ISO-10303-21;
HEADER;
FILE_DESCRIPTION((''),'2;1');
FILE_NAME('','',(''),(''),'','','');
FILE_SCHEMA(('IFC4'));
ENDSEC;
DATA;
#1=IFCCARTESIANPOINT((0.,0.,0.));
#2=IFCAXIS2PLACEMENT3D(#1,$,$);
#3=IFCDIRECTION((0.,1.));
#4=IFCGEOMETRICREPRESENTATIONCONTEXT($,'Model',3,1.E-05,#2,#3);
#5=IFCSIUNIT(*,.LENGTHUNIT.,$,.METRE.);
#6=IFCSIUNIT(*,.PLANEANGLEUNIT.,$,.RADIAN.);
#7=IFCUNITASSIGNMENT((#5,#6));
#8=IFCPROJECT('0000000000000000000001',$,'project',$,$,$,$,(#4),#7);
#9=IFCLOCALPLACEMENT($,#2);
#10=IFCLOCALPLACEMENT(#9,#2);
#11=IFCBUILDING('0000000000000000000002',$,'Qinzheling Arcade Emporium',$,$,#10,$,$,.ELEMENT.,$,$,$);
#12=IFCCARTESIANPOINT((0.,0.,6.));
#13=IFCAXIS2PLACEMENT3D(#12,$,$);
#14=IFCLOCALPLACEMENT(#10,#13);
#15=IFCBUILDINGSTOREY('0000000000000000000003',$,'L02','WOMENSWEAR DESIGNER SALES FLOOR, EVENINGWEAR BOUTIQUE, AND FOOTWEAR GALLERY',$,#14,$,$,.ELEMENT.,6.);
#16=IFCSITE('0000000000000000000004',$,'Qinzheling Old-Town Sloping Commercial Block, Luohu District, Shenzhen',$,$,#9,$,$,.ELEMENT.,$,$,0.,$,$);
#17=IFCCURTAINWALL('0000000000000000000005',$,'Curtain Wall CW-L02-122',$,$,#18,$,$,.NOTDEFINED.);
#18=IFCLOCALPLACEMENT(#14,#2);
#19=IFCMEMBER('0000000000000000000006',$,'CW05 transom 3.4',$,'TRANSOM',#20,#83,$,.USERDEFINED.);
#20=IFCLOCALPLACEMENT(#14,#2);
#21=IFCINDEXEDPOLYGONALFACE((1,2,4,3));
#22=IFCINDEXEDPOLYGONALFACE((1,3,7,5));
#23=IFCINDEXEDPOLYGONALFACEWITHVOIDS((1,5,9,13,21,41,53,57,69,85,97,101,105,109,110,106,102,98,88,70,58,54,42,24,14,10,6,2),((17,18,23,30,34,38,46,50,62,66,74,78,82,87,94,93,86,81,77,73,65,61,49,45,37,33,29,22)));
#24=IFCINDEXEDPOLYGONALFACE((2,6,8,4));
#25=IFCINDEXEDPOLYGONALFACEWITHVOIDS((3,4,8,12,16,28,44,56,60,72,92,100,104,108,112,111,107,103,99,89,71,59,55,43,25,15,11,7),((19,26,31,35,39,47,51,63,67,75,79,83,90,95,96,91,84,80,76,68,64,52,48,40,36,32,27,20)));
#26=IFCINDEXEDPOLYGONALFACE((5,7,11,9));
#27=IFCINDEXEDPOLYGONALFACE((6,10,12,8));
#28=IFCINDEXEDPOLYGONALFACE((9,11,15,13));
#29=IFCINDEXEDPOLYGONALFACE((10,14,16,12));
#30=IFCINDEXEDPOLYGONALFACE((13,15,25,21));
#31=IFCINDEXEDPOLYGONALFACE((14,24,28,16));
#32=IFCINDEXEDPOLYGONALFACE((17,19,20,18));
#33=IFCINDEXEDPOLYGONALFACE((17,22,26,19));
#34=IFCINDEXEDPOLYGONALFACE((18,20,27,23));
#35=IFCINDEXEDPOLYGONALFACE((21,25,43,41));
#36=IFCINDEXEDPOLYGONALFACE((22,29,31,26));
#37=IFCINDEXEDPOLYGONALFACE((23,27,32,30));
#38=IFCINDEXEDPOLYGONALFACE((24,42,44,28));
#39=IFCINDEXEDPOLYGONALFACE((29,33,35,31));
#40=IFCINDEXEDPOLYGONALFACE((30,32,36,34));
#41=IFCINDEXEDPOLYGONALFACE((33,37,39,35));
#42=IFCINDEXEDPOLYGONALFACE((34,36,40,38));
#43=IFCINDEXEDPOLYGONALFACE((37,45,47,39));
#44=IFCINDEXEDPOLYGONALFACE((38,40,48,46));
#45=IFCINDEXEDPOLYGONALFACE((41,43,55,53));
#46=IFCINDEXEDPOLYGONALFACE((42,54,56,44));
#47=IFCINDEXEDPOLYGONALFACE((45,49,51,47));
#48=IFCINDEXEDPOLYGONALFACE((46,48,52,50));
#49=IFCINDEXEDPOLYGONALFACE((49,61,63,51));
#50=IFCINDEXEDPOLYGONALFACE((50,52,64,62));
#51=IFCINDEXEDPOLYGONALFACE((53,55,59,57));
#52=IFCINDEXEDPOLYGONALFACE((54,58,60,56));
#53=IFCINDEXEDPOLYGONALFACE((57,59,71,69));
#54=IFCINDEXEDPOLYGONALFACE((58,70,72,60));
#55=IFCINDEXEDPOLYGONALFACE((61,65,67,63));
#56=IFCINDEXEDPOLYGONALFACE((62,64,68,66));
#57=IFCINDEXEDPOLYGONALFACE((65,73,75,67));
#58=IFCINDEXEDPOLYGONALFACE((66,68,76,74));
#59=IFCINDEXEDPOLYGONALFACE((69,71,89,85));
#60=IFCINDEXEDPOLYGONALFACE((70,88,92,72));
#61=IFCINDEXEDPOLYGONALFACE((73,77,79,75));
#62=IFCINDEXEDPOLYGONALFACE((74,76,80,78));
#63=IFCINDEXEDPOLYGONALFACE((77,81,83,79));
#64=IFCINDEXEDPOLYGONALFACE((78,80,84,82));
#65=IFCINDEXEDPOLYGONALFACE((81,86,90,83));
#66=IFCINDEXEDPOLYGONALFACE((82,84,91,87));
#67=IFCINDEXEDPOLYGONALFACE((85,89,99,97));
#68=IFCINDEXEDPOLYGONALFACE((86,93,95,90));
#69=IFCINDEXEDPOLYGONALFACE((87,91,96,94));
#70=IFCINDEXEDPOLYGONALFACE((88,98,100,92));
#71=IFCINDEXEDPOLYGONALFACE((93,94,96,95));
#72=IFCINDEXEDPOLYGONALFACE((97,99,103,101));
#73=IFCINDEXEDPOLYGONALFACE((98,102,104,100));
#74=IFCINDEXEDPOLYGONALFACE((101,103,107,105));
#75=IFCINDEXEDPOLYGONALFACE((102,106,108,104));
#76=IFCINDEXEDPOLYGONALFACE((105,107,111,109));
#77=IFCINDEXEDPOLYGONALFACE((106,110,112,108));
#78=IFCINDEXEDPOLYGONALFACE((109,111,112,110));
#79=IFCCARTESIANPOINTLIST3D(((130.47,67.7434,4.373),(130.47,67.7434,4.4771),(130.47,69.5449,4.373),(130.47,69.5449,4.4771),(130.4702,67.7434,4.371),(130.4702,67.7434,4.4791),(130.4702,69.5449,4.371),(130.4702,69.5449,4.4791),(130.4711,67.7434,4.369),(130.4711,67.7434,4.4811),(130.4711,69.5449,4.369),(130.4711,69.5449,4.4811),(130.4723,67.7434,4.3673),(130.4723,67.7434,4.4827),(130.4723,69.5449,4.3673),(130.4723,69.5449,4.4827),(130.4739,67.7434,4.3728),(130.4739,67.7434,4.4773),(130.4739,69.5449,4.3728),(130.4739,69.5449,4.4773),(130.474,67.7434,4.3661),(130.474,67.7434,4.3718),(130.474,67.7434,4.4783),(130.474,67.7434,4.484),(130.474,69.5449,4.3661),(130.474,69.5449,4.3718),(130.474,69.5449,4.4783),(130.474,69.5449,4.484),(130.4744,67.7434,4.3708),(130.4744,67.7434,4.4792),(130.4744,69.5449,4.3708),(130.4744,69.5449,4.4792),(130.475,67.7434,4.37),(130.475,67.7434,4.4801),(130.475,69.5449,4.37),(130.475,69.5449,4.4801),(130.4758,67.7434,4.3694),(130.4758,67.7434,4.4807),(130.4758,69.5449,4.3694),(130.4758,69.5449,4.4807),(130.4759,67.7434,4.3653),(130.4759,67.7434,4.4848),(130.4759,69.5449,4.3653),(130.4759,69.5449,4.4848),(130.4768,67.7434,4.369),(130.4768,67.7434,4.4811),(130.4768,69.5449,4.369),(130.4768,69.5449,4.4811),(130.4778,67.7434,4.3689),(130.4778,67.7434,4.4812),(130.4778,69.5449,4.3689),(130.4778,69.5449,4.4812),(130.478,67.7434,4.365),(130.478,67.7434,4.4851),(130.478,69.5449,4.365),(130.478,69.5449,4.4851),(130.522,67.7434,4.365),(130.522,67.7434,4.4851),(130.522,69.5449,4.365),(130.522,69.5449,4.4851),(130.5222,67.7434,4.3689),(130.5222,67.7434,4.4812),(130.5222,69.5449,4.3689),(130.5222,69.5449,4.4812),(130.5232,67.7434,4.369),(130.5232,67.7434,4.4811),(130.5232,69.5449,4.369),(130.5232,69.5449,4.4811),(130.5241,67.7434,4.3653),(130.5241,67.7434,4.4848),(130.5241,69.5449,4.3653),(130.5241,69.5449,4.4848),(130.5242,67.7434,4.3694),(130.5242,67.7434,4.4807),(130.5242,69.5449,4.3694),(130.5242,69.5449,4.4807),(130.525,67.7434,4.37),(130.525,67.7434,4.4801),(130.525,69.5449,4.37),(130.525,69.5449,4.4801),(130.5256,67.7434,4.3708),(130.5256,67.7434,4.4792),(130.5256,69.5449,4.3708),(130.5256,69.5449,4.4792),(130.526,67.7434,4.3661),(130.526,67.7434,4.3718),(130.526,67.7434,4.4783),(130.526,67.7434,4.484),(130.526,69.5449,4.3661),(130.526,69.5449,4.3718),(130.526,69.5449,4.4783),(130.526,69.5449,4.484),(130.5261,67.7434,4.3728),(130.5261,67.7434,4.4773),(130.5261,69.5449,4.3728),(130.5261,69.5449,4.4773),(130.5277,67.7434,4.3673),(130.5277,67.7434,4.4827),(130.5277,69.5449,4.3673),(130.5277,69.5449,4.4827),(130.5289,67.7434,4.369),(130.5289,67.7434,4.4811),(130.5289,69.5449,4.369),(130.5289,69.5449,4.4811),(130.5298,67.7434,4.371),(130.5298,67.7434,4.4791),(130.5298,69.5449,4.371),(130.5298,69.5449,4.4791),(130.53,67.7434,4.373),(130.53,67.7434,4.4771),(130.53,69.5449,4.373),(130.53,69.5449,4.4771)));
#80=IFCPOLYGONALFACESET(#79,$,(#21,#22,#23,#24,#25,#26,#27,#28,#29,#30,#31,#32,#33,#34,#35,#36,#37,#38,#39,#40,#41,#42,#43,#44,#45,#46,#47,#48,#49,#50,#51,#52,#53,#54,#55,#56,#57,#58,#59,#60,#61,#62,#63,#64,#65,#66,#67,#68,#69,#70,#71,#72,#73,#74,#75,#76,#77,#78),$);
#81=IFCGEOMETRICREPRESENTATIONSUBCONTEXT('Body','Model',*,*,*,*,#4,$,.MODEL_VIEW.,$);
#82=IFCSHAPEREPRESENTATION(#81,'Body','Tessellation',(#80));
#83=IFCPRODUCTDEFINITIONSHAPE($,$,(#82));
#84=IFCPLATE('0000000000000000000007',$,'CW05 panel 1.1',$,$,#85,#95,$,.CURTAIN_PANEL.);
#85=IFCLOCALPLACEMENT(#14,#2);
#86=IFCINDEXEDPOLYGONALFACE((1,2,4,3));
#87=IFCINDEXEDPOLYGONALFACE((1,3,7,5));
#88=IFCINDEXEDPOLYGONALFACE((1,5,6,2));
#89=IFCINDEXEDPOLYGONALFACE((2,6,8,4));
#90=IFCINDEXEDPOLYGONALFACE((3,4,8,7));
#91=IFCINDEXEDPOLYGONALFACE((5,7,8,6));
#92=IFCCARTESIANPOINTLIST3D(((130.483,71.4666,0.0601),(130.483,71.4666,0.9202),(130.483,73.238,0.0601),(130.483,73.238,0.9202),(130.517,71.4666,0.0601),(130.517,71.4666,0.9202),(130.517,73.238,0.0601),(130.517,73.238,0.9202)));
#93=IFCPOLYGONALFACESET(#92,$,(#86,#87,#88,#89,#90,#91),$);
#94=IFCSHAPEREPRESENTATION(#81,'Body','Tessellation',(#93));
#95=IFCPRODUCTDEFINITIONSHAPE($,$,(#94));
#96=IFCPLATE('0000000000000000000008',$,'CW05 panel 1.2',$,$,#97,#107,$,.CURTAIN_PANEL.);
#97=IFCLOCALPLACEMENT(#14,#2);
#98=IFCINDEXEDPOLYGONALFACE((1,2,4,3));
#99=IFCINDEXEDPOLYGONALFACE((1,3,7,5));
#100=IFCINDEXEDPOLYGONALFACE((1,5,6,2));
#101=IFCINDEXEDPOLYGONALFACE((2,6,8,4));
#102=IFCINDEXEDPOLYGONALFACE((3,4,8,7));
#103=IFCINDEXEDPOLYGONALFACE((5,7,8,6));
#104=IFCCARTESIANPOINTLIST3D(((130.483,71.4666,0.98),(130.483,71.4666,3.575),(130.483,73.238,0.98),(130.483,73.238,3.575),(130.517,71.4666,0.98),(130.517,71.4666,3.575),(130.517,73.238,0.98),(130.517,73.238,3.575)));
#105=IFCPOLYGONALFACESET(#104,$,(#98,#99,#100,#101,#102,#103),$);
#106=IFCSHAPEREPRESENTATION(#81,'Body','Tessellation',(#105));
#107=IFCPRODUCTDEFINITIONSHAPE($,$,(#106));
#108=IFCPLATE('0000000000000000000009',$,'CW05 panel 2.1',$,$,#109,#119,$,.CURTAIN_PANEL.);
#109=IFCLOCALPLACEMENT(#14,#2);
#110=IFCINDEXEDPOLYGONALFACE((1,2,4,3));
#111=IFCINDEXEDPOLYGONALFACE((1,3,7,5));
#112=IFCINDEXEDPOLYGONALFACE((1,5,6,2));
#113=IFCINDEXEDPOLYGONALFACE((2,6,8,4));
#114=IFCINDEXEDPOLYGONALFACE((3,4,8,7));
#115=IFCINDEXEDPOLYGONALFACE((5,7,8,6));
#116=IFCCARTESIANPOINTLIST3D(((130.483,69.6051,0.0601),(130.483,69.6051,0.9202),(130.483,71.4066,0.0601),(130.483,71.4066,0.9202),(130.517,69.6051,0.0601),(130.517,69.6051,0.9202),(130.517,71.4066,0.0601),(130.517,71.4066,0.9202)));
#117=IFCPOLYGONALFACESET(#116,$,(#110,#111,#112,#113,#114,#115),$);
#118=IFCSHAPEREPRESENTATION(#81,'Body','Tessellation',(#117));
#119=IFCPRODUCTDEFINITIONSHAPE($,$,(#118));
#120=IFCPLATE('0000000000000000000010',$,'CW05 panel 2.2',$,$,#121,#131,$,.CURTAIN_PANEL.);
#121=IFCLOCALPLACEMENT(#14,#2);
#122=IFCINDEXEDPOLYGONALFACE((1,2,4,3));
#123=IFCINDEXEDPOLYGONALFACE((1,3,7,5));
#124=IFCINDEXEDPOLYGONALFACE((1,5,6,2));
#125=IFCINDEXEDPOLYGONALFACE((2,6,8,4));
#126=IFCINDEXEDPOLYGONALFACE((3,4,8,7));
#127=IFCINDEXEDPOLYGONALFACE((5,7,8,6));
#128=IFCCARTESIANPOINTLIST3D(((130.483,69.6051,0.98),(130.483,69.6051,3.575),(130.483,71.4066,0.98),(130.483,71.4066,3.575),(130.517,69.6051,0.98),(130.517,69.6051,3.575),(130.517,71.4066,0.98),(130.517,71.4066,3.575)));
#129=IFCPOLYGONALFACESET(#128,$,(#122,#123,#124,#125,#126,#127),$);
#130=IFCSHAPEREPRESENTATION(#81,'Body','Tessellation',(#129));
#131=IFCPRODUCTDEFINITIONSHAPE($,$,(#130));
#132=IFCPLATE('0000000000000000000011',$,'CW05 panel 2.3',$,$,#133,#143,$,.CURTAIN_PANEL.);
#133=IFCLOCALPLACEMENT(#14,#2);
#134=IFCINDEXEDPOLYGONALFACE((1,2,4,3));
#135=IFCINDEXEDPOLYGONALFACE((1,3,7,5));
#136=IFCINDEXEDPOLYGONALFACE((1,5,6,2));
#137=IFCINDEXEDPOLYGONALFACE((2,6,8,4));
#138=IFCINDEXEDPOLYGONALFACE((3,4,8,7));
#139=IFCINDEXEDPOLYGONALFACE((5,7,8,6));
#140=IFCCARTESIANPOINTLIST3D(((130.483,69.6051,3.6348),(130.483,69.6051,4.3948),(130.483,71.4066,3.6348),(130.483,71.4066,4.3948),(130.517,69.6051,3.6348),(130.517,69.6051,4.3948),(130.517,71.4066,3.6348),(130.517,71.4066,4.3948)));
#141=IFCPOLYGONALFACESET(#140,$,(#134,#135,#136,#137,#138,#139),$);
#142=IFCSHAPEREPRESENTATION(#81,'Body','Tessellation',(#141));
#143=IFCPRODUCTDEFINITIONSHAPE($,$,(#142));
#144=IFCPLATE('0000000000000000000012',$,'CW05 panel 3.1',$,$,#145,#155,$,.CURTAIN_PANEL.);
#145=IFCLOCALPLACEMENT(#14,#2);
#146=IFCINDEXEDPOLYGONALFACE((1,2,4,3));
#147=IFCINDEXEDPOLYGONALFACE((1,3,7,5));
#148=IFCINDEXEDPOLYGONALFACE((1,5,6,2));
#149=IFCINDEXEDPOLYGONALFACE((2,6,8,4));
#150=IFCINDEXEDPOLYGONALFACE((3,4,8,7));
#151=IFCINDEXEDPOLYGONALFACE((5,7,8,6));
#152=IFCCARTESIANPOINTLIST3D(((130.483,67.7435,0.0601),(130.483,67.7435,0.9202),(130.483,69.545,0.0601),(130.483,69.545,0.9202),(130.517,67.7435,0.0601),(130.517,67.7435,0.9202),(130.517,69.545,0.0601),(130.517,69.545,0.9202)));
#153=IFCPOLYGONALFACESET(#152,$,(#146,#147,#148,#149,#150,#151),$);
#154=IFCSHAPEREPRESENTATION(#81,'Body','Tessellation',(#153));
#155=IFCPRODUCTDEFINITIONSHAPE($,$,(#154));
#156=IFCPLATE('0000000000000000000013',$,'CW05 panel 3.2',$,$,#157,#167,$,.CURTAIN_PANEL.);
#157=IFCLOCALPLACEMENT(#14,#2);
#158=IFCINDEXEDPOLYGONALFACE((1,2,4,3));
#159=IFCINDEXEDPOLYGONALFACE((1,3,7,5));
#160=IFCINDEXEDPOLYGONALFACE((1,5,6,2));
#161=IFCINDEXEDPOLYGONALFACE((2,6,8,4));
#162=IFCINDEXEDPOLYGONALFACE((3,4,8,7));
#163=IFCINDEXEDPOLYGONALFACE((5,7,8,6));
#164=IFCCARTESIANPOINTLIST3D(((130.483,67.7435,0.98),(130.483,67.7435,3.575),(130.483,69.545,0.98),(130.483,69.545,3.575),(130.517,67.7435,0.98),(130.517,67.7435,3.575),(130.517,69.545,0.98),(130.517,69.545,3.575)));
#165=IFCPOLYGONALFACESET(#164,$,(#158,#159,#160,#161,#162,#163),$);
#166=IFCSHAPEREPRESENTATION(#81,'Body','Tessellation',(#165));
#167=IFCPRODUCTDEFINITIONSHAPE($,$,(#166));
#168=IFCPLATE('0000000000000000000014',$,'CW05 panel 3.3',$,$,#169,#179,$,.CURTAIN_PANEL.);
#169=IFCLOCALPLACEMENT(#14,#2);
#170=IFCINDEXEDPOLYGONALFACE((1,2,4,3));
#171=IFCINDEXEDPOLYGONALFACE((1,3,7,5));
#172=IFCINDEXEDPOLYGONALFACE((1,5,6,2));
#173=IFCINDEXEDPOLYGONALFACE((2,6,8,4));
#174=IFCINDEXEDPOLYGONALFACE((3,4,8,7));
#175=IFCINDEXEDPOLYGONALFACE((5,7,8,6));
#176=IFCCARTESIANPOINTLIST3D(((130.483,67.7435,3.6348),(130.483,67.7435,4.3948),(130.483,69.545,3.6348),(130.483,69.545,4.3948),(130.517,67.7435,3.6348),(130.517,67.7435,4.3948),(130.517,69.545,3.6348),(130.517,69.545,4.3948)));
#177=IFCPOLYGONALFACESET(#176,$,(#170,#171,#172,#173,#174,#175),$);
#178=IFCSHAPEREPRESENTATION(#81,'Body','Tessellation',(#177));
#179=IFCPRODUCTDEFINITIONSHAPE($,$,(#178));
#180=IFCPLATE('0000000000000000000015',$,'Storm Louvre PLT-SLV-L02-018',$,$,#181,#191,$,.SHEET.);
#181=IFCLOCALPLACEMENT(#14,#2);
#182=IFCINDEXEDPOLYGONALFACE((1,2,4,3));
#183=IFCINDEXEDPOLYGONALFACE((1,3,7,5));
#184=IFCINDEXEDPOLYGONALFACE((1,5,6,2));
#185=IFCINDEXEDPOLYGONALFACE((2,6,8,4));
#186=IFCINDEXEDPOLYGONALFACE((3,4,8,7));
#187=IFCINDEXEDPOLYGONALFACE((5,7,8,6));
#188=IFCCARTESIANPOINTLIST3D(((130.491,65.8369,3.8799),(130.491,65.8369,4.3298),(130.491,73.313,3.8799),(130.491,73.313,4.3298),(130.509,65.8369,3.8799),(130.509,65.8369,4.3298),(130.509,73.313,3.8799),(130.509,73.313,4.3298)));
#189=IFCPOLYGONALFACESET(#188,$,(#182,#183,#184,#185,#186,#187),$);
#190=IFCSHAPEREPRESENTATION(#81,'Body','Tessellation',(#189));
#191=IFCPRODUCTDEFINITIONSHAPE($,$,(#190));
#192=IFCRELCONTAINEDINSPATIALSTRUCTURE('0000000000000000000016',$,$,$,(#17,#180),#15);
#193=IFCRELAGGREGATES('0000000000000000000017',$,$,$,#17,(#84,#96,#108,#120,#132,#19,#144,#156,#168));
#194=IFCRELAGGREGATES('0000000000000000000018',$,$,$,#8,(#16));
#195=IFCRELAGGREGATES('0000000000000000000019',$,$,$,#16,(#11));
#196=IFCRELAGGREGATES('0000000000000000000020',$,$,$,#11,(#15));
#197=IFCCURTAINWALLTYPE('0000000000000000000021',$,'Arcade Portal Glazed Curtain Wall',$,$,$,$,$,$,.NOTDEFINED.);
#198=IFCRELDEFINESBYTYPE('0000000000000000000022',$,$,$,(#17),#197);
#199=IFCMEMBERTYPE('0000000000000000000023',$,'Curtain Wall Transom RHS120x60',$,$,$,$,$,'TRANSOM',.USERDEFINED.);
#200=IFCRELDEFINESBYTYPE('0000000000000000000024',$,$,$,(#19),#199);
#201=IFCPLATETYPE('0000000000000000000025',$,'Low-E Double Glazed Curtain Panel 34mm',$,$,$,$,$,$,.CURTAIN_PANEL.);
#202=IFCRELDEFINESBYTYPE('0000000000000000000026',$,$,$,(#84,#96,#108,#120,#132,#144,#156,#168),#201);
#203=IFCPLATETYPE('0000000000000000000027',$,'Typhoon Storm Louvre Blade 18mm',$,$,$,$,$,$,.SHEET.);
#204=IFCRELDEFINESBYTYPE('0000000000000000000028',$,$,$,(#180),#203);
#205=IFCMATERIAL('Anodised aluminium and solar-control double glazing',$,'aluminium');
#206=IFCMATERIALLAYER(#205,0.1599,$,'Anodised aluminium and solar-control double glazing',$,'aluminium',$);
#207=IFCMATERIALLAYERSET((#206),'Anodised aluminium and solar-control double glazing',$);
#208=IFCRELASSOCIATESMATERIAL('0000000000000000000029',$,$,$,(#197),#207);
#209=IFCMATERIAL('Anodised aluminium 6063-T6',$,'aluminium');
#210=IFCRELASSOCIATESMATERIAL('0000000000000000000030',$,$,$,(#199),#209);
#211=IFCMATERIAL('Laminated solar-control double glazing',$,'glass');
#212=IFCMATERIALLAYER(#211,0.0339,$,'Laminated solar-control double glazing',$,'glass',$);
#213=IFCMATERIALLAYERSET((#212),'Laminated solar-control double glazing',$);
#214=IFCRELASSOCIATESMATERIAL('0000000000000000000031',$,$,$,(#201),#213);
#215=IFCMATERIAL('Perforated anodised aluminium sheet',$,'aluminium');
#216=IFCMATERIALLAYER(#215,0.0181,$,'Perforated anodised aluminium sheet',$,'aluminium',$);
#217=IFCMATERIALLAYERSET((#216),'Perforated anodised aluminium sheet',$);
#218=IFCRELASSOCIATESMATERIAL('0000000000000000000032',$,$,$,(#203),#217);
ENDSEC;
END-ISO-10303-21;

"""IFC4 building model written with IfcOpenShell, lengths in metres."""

from ifc_helpers import new_model, si_unit, direction, frame, origin, origin_2d, place, context, subcontext, project, spatial, rectangle, hollow_rectangle, extrude, material, layer, layer_set, material_profile, profile_set, type_object, element, aggregate, save


model = new_model("IFC4")

# Units and contexts
model_context = context("Model", 3, precision=1e-05, world=origin(), true_north=direction((0.0, 1.0)))
body_context = subcontext(model_context, "Body", "Model", "MODEL_VIEW")
ifc_project = project(units=[si_unit("LENGTHUNIT", "METRE"), si_unit("PLANEANGLEUNIT", "RADIAN")], contexts=[model_context])

# Site, building, storey
site_placement = place(None, origin())
site = spatial("IfcSite", under=ifc_project, at=site_placement, Name="Qinzheling Old-Town Sloping Commercial Block, Luohu District, Shenzhen", CompositionType="ELEMENT", RefElevation=0.0)
building_placement = place(site_placement, origin())
building = spatial("IfcBuilding", under=site, at=building_placement, Name="Qinzheling Arcade Emporium", CompositionType="ELEMENT")
storey_placement = place(building_placement, frame((0.0, 0.0, 6.0)))
storey = spatial("IfcBuildingStorey", under=building, at=storey_placement, Name="L02", Description="WOMENSWEAR DESIGNER SALES FLOOR, EVENINGWEAR BOUTIQUE, AND FOOTWEAR GALLERY", CompositionType="ELEMENT", Elevation=6.0)

# Curtain wall, member, plates
ifc_material_1 = material(Name="Anodised aluminium and solar-control double glazing", Category="aluminium")
ifc_layer_1 = layer(ifc_material_1, 0.1599, Name="Anodised aluminium and solar-control double glazing", Category="aluminium")
ifc_layer_set_1 = layer_set([ifc_layer_1], Name="Anodised aluminium and solar-control double glazing")
curtain_wall_type = type_object("IfcCurtainWallType", Name="Arcade Portal Glazed Curtain Wall", PredefinedType="NOTDEFINED", material=ifc_layer_set_1)
curtain_wall_placement = place(storey_placement, origin())
curtain_wall = element("IfcCurtainWall", 1, at=curtain_wall_placement, inside=storey, type_object=curtain_wall_type, Name="Curtain Wall CW-L02-122", PredefinedType="NOTDEFINED")
ifc_material_2 = material(Name="Anodised aluminium 6063-T6", Category="aluminium")
ifc_material_profile_1 = material_profile(ifc_material_2, hollow_rectangle(XDim=0.0601, YDim=0.1201, WallThickness=0.0039, InnerFilletRadius=0.0039, OuterFilletRadius=0.0081, at=origin_2d()), Name="RHS 120x60x4", Category="aluminium")
ifc_profile_set_1 = profile_set([ifc_material_profile_1], Name="Anodised aluminium 6063-T6")
member_type_1 = type_object("IfcMemberType", Name="Curtain Wall Transom RHS120x60", ElementType="TRANSOM", PredefinedType="USERDEFINED", material=ifc_profile_set_1)
member_1_placement = place(storey_placement, frame((130.5, 69.5449, 4.425), z_axis=(0.0, -1.0, 0.0), x_axis=(1.0, 0.0, 0.0)))
member_1 = element("IfcMember", 2, at=member_1_placement, type_object=member_type_1, Name="CW05 transom 3.4", ObjectType="TRANSOM", PredefinedType="USERDEFINED", context=body_context, shape_type="SweptSolid", body=[
    extrude(hollow_rectangle(XDim=0.0601, YDim=0.1201, WallThickness=0.0039, InnerFilletRadius=0.0039, OuterFilletRadius=0.0081, at=origin_2d()), origin(), (0.0, 0.0, 1.0), 1.8015),
])
ifc_material_3 = material(Name="Laminated solar-control double glazing", Category="glass")
ifc_layer_2 = layer(ifc_material_3, 0.0339, Name="Laminated solar-control double glazing", Category="glass")
ifc_layer_set_2 = layer_set([ifc_layer_2], Name="Laminated solar-control double glazing")
plate_type_1 = type_object("IfcPlateType", Name="Low-E Double Glazed Curtain Panel 34mm", PredefinedType="CURTAIN_PANEL", material=ifc_layer_set_2)
plate_1_placement = place(storey_placement, frame((130.5, 72.3523, 0.0601), z_axis=(0.0, 0.0, 1.0), x_axis=(0.0, -1.0, 0.0)))
plate_1 = element("IfcPlate", 3, at=plate_1_placement, type_object=plate_type_1, Name="CW05 panel 1.1", PredefinedType="CURTAIN_PANEL", context=body_context, shape_type="SweptSolid", body=[
    extrude(rectangle(XDim=1.7715, YDim=0.0339, at=origin_2d()), origin(), (0.0, 0.0, 1.0), 0.8601),
])
plate_2_placement = place(storey_placement, frame((130.5, 72.3523, 0.98), z_axis=(0.0, 0.0, 1.0), x_axis=(0.0, -1.0, 0.0)))
plate_2 = element("IfcPlate", 4, at=plate_2_placement, type_object=plate_type_1, Name="CW05 panel 1.2", PredefinedType="CURTAIN_PANEL", context=body_context, shape_type="SweptSolid", body=[
    extrude(rectangle(XDim=1.7715, YDim=0.0339, at=origin_2d()), origin(), (0.0, 0.0, 1.0), 2.595),
])
plate_3_placement = place(storey_placement, frame((130.5, 70.5059, 0.0601), z_axis=(0.0, 0.0, 1.0), x_axis=(0.0, -1.0, 0.0)))
plate_3 = element("IfcPlate", 5, at=plate_3_placement, type_object=plate_type_1, Name="CW05 panel 2.1", PredefinedType="CURTAIN_PANEL", context=body_context, shape_type="SweptSolid", body=[
    extrude(rectangle(XDim=1.8015, YDim=0.0339, at=origin_2d()), origin(), (0.0, 0.0, 1.0), 0.8601),
])
plate_4_placement = place(storey_placement, frame((130.5, 70.5059, 0.98), z_axis=(0.0, 0.0, 1.0), x_axis=(0.0, -1.0, 0.0)))
plate_4 = element("IfcPlate", 6, at=plate_4_placement, type_object=plate_type_1, Name="CW05 panel 2.2", PredefinedType="CURTAIN_PANEL", context=body_context, shape_type="SweptSolid", body=[
    extrude(rectangle(XDim=1.8015, YDim=0.0339, at=origin_2d()), origin(), (0.0, 0.0, 1.0), 2.595),
])
plate_5_placement = place(storey_placement, frame((130.5, 70.5059, 3.6348), z_axis=(0.0, 0.0, 1.0), x_axis=(0.0, -1.0, 0.0)))
plate_5 = element("IfcPlate", 7, at=plate_5_placement, type_object=plate_type_1, Name="CW05 panel 2.3", PredefinedType="CURTAIN_PANEL", context=body_context, shape_type="SweptSolid", body=[
    extrude(rectangle(XDim=1.8015, YDim=0.0339, at=origin_2d()), origin(), (0.0, 0.0, 1.0), 0.76),
])
plate_6_placement = place(storey_placement, frame((130.5, 68.6443, 0.0601), z_axis=(0.0, 0.0, 1.0), x_axis=(0.0, -1.0, 0.0)))
plate_6 = element("IfcPlate", 8, at=plate_6_placement, type_object=plate_type_1, Name="CW05 panel 3.1", PredefinedType="CURTAIN_PANEL", context=body_context, shape_type="SweptSolid", body=[
    extrude(rectangle(XDim=1.8015, YDim=0.0339, at=origin_2d()), origin(), (0.0, 0.0, 1.0), 0.8601),
])
plate_7_placement = place(storey_placement, frame((130.5, 68.6443, 0.98), z_axis=(0.0, 0.0, 1.0), x_axis=(0.0, -1.0, 0.0)))
plate_7 = element("IfcPlate", 9, at=plate_7_placement, type_object=plate_type_1, Name="CW05 panel 3.2", PredefinedType="CURTAIN_PANEL", context=body_context, shape_type="SweptSolid", body=[
    extrude(rectangle(XDim=1.8015, YDim=0.0339, at=origin_2d()), origin(), (0.0, 0.0, 1.0), 2.595),
])
plate_8_placement = place(storey_placement, frame((130.5, 68.6443, 3.6348), z_axis=(0.0, 0.0, 1.0), x_axis=(0.0, -1.0, 0.0)))
plate_8 = element("IfcPlate", 10, at=plate_8_placement, type_object=plate_type_1, Name="CW05 panel 3.3", PredefinedType="CURTAIN_PANEL", context=body_context, shape_type="SweptSolid", body=[
    extrude(rectangle(XDim=1.8015, YDim=0.0339, at=origin_2d()), origin(), (0.0, 0.0, 1.0), 0.76),
])
aggregate(curtain_wall, [plate_1, plate_2, plate_3, plate_4, plate_5, member_1, plate_6, plate_7, plate_8])

# Plate
ifc_material_4 = material(Name="Perforated anodised aluminium sheet", Category="aluminium")
ifc_layer_3 = layer(ifc_material_4, 0.0181, Name="Perforated anodised aluminium sheet", Category="aluminium")
ifc_layer_set_3 = layer_set([ifc_layer_3], Name="Perforated anodised aluminium sheet")
plate_type_2 = type_object("IfcPlateType", Name="Typhoon Storm Louvre Blade 18mm", PredefinedType="SHEET", material=ifc_layer_set_3)
plate_9_placement = place(storey_placement, frame((130.5, 69.575, 3.8799), z_axis=(0.0, 0.0, 1.0), x_axis=(0.0, -1.0, 0.0)))
element("IfcPlate", 11, at=plate_9_placement, inside=storey, type_object=plate_type_2, Name="Storm Louvre PLT-SLV-L02-018", PredefinedType="SHEET", context=body_context, shape_type="SweptSolid", body=[
    extrude(rectangle(XDim=7.4761, YDim=0.0181, at=origin_2d()), origin(), (0.0, 0.0, 1.0), 0.45),
])

save(model, "model.ifc")
